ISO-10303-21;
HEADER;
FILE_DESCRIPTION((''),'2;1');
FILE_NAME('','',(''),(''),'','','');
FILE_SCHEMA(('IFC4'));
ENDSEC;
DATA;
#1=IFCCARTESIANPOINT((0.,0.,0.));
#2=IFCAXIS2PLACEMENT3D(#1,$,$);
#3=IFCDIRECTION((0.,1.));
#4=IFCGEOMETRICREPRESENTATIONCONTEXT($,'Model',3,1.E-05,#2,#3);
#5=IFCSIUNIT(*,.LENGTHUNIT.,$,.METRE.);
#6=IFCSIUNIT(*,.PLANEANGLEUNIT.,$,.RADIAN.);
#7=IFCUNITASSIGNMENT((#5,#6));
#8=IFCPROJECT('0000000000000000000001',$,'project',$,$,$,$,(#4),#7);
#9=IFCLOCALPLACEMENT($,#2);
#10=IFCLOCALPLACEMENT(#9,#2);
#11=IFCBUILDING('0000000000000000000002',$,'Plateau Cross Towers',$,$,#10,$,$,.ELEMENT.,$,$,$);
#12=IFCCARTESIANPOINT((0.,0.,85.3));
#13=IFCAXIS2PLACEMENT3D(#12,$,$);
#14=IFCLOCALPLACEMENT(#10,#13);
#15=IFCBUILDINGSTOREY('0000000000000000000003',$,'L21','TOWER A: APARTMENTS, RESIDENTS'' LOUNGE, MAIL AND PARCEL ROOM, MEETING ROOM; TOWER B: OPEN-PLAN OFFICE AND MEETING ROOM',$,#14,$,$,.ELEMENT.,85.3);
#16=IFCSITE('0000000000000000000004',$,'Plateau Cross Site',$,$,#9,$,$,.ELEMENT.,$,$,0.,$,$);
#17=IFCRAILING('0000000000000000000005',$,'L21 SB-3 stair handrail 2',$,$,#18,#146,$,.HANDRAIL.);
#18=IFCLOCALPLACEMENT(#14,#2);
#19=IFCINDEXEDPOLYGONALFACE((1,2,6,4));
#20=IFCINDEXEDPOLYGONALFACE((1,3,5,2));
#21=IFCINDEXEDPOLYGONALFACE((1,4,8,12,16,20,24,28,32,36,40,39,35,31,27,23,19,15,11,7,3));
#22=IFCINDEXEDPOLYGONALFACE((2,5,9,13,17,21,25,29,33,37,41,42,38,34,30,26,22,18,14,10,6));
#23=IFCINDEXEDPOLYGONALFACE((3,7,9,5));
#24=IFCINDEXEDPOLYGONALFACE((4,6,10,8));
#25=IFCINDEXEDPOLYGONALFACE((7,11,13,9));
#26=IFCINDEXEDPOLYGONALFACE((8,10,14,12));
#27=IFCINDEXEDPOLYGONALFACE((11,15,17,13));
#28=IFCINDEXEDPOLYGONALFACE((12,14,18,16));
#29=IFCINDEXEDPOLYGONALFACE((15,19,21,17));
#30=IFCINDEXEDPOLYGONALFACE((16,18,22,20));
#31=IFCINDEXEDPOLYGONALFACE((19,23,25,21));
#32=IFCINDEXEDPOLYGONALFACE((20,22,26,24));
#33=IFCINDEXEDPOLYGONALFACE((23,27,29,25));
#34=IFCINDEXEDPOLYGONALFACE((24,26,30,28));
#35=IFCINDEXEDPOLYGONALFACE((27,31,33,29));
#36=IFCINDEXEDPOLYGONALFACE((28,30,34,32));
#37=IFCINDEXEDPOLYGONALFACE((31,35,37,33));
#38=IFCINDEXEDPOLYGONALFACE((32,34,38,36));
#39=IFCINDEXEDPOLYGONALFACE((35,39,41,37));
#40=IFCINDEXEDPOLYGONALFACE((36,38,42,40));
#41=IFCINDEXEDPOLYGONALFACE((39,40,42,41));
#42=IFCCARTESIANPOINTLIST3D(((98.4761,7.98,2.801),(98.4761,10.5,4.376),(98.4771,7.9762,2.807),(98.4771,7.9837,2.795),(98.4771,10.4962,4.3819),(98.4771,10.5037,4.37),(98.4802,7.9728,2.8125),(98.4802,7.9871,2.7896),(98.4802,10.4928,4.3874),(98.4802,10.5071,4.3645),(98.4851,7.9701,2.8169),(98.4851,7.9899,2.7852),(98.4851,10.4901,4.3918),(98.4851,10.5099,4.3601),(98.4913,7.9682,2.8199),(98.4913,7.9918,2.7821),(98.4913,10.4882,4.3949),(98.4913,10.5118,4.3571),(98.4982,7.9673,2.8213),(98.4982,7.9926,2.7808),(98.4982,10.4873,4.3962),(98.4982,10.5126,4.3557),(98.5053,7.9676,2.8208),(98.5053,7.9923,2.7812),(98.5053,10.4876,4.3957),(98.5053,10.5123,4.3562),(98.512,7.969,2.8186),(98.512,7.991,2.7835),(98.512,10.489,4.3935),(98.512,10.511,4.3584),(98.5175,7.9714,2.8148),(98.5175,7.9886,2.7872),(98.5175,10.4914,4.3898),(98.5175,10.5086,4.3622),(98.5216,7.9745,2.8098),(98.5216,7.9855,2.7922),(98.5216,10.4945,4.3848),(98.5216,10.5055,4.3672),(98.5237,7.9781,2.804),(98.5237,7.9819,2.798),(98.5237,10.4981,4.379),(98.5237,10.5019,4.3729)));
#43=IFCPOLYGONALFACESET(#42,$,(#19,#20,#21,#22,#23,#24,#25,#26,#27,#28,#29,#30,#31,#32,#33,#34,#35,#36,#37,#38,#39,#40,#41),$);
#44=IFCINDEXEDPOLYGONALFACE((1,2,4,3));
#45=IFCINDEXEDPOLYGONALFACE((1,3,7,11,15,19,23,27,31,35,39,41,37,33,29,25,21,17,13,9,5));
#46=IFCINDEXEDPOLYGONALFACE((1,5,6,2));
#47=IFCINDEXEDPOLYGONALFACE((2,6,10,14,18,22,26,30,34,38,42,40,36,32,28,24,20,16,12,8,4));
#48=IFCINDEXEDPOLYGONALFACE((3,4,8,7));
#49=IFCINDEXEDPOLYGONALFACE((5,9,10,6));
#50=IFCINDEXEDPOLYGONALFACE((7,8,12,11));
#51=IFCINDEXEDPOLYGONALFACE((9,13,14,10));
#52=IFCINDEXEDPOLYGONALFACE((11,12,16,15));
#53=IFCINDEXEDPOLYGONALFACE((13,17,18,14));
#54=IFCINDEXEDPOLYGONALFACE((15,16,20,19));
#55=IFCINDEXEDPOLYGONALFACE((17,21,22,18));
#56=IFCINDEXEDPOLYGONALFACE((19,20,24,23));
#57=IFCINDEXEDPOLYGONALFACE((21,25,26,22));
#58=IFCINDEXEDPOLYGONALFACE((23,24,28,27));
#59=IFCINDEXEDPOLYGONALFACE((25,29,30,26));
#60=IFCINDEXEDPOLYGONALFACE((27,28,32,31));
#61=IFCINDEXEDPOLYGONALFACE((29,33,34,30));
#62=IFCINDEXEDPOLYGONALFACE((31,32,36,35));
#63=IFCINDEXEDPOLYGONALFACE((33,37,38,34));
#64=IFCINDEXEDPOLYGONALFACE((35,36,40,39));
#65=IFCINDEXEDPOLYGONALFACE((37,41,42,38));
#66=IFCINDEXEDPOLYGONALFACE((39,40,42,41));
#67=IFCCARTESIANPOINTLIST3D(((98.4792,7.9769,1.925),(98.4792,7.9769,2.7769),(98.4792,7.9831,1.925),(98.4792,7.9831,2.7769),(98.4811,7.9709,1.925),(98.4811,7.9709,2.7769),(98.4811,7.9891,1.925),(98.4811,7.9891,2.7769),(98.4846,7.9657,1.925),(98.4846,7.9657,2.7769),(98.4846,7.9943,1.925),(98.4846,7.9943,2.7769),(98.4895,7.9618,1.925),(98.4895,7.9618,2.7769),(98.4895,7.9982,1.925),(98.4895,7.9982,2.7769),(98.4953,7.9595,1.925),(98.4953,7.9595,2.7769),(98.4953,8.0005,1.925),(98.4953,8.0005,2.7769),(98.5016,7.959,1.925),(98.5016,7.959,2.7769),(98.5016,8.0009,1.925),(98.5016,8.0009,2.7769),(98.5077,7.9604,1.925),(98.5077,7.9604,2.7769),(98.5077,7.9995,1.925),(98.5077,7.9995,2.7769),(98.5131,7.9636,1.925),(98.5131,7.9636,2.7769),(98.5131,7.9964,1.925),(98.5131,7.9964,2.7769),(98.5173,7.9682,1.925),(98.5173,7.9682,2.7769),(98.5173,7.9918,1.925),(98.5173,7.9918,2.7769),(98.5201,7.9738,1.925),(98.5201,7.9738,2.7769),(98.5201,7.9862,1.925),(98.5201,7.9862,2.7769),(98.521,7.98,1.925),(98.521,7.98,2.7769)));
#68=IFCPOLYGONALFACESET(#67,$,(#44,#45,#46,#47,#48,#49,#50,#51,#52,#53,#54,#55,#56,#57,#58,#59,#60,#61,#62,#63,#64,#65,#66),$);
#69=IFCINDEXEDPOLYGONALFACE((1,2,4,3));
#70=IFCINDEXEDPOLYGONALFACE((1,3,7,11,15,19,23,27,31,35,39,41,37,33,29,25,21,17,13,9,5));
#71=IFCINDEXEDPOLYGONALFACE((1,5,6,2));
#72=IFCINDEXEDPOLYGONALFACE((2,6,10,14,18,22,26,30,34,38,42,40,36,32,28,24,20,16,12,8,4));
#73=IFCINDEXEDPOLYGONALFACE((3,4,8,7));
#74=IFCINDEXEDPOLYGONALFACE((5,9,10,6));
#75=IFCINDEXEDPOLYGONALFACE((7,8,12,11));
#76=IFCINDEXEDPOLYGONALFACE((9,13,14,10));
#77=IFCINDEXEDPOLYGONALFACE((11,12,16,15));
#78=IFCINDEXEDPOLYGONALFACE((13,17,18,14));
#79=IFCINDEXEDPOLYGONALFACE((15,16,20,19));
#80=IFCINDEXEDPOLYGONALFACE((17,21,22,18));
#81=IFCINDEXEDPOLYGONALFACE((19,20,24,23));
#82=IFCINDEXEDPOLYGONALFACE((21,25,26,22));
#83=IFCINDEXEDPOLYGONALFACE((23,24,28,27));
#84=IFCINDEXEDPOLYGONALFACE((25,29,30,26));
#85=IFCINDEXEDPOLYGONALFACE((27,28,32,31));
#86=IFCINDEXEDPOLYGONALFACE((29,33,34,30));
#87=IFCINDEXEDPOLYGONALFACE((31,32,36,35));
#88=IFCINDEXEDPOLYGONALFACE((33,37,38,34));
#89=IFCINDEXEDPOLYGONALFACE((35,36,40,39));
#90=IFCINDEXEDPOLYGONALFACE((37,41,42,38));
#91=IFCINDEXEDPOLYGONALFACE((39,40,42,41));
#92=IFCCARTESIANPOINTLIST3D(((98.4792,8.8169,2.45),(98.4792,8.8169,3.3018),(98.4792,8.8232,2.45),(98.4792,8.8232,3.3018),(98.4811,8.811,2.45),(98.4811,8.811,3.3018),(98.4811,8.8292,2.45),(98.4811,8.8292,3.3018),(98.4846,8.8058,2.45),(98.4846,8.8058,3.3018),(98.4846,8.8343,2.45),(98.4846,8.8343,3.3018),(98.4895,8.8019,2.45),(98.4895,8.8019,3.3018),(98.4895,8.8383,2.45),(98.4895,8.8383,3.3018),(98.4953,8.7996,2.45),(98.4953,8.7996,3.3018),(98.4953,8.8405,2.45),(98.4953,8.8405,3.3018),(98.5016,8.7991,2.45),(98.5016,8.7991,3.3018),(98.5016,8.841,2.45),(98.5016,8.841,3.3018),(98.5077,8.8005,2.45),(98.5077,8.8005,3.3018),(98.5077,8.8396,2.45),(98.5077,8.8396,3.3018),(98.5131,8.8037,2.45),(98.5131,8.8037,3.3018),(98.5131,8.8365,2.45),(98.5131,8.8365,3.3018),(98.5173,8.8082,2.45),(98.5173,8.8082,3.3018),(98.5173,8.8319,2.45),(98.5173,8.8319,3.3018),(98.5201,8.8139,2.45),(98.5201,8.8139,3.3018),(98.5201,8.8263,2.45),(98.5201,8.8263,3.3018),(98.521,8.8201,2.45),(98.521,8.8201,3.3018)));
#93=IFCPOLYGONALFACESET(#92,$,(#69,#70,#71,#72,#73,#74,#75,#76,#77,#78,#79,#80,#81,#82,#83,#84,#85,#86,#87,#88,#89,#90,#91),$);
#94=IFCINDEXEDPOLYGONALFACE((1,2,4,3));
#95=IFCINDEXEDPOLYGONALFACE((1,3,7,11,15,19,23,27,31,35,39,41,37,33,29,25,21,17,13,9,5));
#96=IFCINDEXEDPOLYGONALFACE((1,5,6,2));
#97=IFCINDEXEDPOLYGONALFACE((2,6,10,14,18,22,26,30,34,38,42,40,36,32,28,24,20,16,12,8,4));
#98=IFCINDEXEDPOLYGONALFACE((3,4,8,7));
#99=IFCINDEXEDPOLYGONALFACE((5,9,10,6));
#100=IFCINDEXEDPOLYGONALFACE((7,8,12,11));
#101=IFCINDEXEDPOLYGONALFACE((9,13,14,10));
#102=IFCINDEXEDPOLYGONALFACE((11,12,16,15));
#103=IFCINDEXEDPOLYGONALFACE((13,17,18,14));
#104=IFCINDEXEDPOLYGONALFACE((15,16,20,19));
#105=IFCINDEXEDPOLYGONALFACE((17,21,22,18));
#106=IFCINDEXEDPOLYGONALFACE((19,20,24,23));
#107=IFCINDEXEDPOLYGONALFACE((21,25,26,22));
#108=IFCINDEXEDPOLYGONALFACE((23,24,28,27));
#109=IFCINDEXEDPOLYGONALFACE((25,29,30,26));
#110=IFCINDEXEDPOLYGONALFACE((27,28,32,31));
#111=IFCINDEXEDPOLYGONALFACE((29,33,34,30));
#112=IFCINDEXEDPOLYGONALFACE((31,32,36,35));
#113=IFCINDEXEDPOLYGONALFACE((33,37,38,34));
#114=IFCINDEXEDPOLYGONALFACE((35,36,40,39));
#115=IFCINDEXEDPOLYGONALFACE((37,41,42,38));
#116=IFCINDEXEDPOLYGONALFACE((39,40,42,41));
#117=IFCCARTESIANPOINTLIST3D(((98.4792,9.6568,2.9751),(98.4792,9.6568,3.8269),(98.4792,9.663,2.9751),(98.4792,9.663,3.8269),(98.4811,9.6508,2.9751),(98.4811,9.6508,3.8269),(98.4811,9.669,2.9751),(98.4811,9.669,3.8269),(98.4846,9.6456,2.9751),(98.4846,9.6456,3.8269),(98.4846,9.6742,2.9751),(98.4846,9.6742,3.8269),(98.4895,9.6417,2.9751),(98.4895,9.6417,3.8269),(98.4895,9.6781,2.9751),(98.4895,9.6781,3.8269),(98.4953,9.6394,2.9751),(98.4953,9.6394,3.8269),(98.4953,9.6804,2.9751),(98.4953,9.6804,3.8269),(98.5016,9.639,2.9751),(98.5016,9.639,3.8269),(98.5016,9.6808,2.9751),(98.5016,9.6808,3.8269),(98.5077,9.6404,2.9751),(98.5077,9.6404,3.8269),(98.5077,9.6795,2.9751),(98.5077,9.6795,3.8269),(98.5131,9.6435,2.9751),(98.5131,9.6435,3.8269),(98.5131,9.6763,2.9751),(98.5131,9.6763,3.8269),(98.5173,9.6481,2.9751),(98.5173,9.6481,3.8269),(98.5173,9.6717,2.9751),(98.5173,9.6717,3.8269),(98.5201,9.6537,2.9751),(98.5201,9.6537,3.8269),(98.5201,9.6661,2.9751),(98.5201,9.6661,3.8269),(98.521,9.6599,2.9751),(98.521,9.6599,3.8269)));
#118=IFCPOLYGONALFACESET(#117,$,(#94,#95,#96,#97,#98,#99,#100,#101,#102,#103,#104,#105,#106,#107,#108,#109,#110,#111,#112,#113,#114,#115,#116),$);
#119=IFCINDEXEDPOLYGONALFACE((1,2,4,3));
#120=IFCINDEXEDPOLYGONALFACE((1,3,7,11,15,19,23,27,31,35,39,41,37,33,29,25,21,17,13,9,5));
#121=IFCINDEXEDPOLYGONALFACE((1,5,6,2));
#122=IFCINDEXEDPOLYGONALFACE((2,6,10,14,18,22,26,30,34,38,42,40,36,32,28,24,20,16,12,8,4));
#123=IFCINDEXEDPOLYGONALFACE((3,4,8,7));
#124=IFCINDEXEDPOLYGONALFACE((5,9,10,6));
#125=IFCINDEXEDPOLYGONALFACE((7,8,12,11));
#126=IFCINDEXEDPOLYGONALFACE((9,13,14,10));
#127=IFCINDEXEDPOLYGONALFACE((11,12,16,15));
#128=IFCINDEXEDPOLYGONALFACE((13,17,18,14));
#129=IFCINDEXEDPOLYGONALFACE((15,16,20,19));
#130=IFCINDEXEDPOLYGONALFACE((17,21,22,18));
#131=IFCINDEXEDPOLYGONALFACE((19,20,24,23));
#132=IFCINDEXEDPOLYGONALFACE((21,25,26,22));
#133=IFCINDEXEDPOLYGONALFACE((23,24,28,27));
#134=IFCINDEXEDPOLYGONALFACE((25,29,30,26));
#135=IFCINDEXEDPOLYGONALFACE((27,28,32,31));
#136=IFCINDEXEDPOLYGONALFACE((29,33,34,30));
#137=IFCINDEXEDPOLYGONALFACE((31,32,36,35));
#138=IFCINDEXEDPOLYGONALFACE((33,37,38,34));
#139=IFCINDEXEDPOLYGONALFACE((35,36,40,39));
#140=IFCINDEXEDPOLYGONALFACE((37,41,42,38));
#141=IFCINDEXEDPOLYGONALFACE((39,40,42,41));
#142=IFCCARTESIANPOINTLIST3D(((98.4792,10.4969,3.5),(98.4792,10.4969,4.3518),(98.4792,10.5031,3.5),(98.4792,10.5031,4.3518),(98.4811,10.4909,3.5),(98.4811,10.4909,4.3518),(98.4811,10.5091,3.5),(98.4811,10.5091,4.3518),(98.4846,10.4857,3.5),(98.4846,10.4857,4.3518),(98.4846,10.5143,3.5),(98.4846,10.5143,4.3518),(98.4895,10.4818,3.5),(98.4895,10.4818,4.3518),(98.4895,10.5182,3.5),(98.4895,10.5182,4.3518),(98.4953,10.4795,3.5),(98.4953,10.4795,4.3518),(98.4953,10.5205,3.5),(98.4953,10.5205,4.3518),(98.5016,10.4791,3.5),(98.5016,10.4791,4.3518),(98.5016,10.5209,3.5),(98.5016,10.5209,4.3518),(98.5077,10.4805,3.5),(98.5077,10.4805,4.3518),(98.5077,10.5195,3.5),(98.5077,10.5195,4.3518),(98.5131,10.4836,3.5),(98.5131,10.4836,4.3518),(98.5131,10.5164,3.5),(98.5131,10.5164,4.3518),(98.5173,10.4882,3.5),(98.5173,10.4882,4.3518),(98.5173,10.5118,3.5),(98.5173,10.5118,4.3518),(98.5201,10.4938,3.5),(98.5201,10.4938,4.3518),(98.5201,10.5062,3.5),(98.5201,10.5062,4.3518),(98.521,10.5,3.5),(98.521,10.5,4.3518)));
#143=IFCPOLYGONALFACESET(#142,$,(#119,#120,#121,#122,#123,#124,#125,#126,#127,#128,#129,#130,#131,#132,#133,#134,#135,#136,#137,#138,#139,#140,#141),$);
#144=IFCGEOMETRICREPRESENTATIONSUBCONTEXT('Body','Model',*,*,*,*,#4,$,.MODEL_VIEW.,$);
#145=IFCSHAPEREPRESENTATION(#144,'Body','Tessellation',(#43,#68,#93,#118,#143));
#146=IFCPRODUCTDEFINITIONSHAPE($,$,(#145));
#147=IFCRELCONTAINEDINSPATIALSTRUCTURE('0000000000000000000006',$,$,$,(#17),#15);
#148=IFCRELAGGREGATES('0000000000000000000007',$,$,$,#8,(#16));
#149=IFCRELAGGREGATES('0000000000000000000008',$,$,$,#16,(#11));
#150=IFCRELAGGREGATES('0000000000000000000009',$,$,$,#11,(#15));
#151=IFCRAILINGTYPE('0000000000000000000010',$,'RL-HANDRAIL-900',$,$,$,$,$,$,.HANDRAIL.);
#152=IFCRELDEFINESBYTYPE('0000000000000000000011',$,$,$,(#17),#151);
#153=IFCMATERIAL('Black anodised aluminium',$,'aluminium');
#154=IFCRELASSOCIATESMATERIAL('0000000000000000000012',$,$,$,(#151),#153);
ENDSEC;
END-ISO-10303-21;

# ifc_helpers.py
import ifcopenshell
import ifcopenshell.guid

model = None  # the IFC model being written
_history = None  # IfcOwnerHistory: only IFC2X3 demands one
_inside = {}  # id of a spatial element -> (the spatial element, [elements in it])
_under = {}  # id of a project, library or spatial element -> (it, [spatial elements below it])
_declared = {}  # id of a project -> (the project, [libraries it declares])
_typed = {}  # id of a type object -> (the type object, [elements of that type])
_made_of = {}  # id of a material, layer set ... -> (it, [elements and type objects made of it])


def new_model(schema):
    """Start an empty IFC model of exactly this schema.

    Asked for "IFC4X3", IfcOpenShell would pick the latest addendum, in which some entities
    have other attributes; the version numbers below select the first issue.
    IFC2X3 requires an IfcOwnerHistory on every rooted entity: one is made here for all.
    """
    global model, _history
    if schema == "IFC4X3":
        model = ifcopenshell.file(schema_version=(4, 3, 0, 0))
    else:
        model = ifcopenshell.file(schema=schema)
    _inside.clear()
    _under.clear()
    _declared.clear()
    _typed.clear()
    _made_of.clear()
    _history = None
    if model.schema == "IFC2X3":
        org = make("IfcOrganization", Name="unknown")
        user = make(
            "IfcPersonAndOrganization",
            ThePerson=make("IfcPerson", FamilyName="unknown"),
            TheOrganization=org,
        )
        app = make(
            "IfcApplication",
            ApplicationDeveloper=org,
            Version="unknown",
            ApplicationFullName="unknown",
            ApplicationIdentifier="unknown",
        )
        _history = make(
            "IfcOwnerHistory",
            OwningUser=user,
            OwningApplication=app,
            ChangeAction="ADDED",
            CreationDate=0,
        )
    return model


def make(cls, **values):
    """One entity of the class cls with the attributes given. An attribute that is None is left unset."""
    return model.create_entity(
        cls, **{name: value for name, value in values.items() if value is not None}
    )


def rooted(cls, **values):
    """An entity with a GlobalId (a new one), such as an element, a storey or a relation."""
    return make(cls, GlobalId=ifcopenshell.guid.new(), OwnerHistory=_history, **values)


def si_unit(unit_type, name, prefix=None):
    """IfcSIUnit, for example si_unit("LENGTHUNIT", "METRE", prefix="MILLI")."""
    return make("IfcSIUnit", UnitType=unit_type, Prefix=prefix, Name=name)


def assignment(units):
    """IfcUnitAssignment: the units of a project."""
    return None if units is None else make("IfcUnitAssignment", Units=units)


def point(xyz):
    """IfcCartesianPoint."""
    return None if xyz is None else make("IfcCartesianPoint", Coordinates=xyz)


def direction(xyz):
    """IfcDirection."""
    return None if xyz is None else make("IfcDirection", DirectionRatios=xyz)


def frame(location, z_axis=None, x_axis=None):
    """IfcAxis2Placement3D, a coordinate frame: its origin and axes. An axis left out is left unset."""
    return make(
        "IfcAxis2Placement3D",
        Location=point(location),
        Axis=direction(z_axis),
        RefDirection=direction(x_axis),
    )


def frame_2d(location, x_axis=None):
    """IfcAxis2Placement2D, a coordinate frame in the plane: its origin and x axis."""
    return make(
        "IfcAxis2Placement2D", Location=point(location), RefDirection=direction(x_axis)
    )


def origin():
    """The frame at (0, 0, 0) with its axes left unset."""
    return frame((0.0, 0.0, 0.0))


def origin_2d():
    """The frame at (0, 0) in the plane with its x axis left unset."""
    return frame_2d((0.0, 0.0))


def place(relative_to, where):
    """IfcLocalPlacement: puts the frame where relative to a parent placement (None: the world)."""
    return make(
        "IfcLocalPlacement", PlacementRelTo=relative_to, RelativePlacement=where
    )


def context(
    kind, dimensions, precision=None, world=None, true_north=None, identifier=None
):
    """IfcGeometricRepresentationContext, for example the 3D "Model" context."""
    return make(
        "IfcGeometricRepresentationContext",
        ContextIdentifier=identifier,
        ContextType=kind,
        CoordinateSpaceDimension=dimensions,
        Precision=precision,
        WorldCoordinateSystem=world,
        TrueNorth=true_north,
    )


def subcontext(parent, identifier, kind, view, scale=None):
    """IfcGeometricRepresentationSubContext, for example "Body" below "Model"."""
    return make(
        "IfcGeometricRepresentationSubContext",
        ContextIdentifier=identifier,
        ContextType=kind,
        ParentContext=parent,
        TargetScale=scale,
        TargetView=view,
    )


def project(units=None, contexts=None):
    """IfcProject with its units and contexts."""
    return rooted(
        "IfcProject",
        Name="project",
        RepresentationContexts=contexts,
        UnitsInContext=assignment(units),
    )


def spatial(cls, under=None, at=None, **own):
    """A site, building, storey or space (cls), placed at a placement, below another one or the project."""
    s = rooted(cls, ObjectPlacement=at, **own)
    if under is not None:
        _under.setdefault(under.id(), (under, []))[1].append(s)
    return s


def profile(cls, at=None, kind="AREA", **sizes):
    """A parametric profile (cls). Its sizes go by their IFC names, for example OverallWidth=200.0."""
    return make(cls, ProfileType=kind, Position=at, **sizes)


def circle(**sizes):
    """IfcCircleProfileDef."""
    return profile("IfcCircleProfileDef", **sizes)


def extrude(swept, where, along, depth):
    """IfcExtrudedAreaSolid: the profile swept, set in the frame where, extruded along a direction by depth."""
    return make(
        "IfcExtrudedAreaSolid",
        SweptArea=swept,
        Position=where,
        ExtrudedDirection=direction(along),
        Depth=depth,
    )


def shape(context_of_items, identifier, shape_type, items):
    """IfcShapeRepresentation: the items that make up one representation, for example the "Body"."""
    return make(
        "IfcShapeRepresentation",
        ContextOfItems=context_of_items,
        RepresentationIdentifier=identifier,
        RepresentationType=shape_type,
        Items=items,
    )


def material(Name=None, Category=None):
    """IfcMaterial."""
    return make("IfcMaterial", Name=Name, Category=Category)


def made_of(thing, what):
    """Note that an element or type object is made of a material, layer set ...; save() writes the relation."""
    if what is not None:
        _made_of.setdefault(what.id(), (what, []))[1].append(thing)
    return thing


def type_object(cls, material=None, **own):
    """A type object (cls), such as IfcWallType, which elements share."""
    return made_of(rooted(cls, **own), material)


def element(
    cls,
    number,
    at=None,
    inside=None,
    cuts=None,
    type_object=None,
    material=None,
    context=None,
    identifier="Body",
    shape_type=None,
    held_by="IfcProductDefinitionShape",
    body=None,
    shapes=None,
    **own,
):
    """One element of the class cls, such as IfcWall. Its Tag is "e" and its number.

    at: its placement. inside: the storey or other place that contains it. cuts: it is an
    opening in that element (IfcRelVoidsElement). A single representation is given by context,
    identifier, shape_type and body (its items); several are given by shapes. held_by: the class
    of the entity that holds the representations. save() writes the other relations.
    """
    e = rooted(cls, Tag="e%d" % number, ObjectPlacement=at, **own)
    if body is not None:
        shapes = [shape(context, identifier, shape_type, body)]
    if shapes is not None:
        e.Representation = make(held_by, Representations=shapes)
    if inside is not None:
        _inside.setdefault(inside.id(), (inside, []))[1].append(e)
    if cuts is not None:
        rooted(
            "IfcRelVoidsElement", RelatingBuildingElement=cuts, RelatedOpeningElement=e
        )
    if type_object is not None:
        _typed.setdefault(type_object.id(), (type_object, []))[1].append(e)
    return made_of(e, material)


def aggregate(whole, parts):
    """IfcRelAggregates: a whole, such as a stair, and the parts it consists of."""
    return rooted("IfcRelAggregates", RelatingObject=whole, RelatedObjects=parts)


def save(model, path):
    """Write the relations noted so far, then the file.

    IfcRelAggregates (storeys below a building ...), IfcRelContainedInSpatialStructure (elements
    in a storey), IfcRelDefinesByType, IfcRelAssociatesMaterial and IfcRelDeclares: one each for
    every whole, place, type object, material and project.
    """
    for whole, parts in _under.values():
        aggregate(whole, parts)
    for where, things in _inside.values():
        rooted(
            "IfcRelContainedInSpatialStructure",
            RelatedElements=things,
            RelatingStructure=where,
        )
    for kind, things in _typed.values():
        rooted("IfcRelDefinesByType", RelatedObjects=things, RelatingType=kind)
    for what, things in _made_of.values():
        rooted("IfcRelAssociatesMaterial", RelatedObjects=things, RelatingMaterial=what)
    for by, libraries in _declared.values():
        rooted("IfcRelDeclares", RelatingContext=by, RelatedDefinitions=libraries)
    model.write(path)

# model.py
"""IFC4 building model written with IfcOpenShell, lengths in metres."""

from ifc_helpers import new_model, si_unit, direction, frame, origin, origin_2d, place, context, subcontext, project, spatial, circle, extrude, material, type_object, element, save


model = new_model("IFC4")

# Units and contexts
model_context = context("Model", 3, precision=1e-05, world=origin(), true_north=direction((0.0, 1.0)))
body_context = subcontext(model_context, "Body", "Model", "MODEL_VIEW")
ifc_project = project(units=[si_unit("LENGTHUNIT", "METRE"), si_unit("PLANEANGLEUNIT", "RADIAN")], contexts=[model_context])

# Site, building, storey
site_placement = place(None, origin())
site = spatial("IfcSite", under=ifc_project, at=site_placement, Name="Plateau Cross Site", CompositionType="ELEMENT", RefElevation=0.0)
building_placement = place(site_placement, origin())
building = spatial("IfcBuilding", under=site, at=building_placement, Name="Plateau Cross Towers", CompositionType="ELEMENT")
storey_placement = place(building_placement, frame((0.0, 0.0, 85.3)))
storey = spatial("IfcBuildingStorey", under=building, at=storey_placement, Name="L21", Description="TOWER A: APARTMENTS, RESIDENTS' LOUNGE, MAIL AND PARCEL ROOM, MEETING ROOM; TOWER B: OPEN-PLAN OFFICE AND MEETING ROOM", CompositionType="ELEMENT", Elevation=85.3)

# Shared definitions
ifc_material_1 = material(Name="Black anodised aluminium", Category="aluminium")

# Railing
railing_type_1 = type_object("IfcRailingType", Name="RL-HANDRAIL-900", PredefinedType="HANDRAIL", material=ifc_material_1)
railing_1_placement = place(storey_placement, frame((98.5, 7.98, 1.925)))
element("IfcRailing", 1, at=railing_1_placement, inside=storey, type_object=railing_type_1, Name="L21 SB-3 stair handrail 2", PredefinedType="HANDRAIL", context=body_context, shape_type="SweptSolid", body=[
    extrude(circle(Radius=0.0239, at=origin_2d()), frame((0.0, 0.0, 0.876), z_axis=(0.0, 0.848008, 0.529984), x_axis=(-1.0, 0.0, 0.0)), (0.0, 0.0, 1.0), 2.9717),
    extrude(circle(Radius=0.021, at=origin_2d()), origin(), (0.0, 0.0, 1.0), 0.8518),
    extrude(circle(Radius=0.021, at=origin_2d()), frame((0.0, 0.8401, 0.5249)), (0.0, 0.0, 1.0), 0.8518),
    extrude(circle(Radius=0.021, at=origin_2d()), frame((0.0, 1.6799, 1.05)), (0.0, 0.0, 1.0), 0.8518),
    extrude(circle(Radius=0.021, at=origin_2d()), frame((0.0, 2.52, 1.575)), (0.0, 0.0, 1.0), 0.8518),
])

save(model, "model.ifc")
